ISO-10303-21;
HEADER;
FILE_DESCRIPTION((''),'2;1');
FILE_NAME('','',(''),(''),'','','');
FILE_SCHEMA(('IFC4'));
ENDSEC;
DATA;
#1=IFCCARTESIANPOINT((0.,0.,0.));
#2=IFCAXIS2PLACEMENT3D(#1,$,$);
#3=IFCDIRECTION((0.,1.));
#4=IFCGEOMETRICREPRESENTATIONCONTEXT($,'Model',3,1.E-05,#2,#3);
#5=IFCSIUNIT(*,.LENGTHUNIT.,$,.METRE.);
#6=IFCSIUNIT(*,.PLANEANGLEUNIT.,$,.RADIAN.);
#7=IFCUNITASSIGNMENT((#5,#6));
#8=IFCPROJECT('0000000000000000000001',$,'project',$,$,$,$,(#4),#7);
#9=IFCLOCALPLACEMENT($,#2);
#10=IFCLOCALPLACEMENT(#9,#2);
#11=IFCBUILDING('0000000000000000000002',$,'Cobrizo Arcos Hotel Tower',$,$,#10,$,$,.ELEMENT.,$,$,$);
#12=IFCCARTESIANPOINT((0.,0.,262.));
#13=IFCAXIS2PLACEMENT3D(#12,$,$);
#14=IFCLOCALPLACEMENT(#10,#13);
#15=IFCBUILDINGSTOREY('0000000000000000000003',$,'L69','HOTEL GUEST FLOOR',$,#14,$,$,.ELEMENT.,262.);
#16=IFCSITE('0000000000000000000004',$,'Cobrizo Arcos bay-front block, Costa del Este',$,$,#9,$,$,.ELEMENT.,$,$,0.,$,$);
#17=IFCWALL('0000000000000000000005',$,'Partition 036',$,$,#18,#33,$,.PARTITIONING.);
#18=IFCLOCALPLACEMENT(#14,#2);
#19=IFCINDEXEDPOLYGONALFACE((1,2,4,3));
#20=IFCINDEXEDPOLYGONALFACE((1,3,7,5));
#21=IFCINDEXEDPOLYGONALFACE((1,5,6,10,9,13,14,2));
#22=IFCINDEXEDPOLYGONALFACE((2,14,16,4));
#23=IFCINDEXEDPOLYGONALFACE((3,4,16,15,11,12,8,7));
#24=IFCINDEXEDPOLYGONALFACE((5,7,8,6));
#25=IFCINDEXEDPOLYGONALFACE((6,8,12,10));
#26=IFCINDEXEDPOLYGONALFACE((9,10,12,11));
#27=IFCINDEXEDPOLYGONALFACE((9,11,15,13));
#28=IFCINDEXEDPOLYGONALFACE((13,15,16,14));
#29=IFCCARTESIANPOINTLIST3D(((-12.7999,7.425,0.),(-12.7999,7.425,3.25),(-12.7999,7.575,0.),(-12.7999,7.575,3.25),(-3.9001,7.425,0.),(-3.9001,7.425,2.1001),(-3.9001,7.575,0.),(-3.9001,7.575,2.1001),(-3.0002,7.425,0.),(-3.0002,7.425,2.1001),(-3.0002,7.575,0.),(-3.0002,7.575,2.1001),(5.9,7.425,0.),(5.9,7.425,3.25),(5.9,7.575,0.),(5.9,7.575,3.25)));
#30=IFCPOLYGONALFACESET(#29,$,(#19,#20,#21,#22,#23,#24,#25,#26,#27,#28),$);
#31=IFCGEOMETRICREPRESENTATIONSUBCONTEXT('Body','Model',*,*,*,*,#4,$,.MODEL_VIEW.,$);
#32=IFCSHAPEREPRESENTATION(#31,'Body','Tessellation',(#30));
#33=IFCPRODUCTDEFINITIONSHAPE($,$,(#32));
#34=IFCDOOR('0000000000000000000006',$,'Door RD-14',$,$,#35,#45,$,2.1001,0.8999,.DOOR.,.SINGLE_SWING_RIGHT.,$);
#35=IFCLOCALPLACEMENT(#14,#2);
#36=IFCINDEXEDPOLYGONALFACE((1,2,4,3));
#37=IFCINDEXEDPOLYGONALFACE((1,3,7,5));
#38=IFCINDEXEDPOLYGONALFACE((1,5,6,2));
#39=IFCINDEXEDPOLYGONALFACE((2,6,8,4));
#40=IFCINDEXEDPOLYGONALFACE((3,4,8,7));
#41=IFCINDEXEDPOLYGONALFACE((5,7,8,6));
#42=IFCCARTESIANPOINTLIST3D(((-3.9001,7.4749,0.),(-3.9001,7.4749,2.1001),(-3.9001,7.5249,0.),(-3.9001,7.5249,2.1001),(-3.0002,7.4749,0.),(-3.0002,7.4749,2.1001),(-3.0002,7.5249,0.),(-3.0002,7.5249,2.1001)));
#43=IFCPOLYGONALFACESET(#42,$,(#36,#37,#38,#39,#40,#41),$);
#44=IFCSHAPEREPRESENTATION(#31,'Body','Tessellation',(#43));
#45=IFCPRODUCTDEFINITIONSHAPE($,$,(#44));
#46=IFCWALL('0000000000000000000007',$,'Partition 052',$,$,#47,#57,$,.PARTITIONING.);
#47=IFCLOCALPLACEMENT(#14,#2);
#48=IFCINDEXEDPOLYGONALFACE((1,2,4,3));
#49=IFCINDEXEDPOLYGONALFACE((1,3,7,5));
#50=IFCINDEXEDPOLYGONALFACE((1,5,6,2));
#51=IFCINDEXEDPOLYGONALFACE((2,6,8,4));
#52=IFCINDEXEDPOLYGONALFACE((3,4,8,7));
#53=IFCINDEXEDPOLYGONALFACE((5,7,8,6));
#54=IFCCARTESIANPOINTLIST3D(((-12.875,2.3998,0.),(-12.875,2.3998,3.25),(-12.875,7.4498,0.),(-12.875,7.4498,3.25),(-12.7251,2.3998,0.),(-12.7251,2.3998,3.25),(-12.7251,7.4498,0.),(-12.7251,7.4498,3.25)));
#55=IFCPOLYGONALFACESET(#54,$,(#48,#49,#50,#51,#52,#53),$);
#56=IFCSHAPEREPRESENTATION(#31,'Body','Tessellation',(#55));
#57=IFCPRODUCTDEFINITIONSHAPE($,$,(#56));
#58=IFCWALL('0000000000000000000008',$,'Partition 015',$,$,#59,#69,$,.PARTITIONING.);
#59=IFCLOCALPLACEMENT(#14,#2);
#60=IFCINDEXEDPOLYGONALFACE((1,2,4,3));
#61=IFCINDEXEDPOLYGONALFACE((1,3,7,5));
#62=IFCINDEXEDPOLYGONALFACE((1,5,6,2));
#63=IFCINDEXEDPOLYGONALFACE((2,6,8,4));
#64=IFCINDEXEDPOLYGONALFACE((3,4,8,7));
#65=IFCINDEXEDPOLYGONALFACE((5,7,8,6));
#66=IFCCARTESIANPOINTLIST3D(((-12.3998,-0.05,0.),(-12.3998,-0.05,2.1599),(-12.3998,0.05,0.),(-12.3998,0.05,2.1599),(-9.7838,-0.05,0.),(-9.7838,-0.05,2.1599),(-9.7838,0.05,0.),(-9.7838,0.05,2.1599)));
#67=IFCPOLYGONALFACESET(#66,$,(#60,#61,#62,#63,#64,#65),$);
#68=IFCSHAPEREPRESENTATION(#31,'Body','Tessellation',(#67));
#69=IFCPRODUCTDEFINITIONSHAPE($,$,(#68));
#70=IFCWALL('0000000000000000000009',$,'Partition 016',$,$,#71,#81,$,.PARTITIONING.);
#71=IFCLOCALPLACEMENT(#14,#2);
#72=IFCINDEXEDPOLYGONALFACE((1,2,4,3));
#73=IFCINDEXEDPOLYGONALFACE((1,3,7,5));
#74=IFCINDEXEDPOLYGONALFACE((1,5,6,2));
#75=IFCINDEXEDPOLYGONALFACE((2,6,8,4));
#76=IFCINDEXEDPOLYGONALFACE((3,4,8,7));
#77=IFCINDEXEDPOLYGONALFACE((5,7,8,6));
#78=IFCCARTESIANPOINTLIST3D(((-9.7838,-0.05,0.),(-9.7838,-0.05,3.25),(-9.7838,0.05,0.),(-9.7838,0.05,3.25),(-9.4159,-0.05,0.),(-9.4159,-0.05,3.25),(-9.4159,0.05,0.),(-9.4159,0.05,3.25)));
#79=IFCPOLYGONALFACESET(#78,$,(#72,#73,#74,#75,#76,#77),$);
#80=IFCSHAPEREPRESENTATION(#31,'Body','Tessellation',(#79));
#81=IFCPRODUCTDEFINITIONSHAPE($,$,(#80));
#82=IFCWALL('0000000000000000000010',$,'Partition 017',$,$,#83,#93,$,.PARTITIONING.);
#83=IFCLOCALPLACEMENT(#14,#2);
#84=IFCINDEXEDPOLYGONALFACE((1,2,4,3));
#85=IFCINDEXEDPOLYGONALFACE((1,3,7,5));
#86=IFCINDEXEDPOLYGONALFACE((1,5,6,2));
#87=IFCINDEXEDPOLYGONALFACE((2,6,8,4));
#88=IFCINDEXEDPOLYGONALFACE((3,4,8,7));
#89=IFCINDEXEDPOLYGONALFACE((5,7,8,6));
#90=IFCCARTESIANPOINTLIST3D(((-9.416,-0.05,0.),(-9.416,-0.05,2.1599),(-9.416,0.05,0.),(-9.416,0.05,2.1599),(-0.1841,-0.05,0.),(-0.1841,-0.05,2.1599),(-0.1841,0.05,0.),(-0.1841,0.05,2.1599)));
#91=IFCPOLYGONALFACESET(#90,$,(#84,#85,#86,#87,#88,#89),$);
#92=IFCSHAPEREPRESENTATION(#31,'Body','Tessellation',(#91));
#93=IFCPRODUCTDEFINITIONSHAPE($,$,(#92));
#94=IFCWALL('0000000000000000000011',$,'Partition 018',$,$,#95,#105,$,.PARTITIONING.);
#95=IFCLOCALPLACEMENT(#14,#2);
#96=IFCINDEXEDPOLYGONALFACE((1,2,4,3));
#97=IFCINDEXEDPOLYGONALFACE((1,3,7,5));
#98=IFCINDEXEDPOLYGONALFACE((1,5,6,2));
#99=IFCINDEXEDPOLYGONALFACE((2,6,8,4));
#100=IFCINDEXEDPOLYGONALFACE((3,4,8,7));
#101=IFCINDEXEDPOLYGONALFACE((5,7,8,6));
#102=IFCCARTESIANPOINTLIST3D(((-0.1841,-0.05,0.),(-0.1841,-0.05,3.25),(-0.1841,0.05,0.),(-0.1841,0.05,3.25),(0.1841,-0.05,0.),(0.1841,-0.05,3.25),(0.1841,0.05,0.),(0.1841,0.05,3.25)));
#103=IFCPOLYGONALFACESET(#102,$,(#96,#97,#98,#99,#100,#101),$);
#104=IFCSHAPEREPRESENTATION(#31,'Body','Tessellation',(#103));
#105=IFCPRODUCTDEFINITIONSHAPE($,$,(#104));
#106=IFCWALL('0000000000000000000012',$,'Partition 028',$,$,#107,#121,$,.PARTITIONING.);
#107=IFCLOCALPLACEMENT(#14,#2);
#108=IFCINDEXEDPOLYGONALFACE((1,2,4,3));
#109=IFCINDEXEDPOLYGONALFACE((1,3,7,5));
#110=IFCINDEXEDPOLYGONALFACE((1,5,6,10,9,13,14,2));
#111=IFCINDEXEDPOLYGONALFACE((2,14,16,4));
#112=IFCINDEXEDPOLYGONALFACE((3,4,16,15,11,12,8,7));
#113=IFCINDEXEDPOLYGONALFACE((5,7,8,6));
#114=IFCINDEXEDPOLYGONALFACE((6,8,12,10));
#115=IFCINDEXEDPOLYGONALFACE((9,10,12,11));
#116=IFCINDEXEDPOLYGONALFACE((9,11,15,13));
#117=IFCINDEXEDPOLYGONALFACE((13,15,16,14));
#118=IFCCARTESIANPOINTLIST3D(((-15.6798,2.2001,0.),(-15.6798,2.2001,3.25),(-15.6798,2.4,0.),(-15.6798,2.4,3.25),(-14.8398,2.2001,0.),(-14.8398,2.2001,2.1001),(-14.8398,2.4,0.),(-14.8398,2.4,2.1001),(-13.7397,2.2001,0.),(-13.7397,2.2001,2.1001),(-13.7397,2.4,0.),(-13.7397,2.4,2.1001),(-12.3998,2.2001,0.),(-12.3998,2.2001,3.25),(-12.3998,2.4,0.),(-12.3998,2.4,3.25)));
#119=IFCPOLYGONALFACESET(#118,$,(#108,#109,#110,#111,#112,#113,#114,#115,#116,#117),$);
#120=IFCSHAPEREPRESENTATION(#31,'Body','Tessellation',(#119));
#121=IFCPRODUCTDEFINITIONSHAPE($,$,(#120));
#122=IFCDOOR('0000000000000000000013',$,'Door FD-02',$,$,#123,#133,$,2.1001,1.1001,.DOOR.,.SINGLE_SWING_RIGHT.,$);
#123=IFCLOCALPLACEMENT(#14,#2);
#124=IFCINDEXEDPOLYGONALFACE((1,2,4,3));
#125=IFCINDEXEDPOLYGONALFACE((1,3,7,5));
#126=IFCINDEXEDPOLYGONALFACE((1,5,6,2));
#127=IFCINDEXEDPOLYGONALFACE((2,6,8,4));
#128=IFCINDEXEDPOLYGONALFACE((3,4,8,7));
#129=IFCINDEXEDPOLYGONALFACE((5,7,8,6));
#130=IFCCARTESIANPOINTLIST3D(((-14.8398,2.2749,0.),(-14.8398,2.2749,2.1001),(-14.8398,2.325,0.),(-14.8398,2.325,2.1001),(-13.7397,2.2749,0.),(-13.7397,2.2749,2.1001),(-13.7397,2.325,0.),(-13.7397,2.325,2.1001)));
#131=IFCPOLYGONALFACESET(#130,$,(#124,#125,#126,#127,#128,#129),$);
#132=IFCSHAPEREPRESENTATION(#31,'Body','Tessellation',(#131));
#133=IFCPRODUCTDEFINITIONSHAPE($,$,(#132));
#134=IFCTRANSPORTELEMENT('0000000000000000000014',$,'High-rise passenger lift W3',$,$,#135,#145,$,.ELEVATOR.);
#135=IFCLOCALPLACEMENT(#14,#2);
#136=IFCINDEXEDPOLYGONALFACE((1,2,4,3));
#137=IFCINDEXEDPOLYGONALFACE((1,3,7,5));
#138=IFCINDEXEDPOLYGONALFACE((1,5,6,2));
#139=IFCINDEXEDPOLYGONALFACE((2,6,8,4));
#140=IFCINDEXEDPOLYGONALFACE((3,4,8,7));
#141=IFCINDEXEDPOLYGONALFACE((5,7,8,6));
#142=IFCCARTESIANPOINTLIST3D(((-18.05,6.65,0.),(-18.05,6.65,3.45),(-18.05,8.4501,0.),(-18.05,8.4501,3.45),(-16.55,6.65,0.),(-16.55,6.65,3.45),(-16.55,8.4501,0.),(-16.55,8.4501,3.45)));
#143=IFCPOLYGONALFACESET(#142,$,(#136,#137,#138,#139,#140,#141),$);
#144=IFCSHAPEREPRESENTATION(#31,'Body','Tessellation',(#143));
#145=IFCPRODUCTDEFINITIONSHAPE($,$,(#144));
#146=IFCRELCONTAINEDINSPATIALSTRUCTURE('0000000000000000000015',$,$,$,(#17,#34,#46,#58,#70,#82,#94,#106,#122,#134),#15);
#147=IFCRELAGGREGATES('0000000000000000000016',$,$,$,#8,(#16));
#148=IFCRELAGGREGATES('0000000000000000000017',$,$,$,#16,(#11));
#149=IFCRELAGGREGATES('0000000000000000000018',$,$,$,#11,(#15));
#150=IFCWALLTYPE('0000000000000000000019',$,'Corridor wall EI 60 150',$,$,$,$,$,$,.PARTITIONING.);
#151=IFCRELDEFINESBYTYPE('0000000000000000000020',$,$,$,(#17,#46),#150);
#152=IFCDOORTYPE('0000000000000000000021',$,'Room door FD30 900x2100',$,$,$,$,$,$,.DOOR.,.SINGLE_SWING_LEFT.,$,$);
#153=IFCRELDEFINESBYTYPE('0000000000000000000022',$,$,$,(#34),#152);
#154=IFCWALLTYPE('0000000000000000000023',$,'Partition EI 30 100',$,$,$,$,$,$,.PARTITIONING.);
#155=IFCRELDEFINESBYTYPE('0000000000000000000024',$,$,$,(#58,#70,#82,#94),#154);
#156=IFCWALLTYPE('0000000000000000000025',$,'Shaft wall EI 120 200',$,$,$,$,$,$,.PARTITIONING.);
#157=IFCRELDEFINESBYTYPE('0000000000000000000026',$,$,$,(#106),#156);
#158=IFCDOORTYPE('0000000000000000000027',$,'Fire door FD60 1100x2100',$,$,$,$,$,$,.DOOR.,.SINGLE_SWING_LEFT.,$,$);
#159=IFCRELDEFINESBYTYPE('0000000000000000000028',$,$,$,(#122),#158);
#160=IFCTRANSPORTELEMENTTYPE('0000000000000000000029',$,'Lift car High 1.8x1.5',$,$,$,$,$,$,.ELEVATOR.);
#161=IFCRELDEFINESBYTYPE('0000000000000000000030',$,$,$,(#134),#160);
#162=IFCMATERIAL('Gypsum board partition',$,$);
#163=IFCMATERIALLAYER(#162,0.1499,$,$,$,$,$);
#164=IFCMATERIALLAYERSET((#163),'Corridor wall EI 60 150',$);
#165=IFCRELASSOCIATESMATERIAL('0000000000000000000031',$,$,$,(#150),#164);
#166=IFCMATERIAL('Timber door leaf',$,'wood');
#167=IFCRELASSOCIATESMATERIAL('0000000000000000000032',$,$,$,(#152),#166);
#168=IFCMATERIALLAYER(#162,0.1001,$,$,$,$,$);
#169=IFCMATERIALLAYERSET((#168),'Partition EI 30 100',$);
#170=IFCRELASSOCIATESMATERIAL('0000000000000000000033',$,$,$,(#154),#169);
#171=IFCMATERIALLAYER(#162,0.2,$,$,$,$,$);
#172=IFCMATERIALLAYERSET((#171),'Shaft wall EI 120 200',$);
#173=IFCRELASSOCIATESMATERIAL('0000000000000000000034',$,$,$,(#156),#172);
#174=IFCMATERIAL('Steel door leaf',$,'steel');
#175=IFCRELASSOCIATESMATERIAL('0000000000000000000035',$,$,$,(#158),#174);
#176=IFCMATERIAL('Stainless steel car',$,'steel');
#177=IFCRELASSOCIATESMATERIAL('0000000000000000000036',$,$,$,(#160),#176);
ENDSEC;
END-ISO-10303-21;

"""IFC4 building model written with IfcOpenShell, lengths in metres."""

from ifc_helpers import new_model, si_unit, direction, frame, frame_2d, origin, origin_2d, place, context, subcontext, project, spatial, rectangle, extrude, material, layer, layer_set, type_object, element, fill, save


model = new_model("IFC4")

# Units and contexts
model_context = context("Model", 3, precision=1e-05, world=origin(), true_north=direction((0.0, 1.0)))
body_context = subcontext(model_context, "Body", "Model", "MODEL_VIEW")
ifc_project = project(units=[si_unit("LENGTHUNIT", "METRE"), si_unit("PLANEANGLEUNIT", "RADIAN")], contexts=[model_context])

# Site, building, storey
site_placement = place(None, origin())
site = spatial("IfcSite", under=ifc_project, at=site_placement, Name="Cobrizo Arcos bay-front block, Costa del Este", CompositionType="ELEMENT", RefElevation=0.0)
building_placement = place(site_placement, origin())
building = spatial("IfcBuilding", under=site, at=building_placement, Name="Cobrizo Arcos Hotel Tower", CompositionType="ELEMENT")
storey_placement = place(building_placement, frame((0.0, 0.0, 262.0)))
storey = spatial("IfcBuildingStorey", under=building, at=storey_placement, Name="L69", Description="HOTEL GUEST FLOOR", CompositionType="ELEMENT", Elevation=262.0)

# Wall, opening, door
ifc_material_1 = material(Name="Gypsum board partition")
ifc_layer_1 = layer(ifc_material_1, 0.1499)
ifc_layer_set_1 = layer_set([ifc_layer_1], Name="Corridor wall EI 60 150")
wall_type_1 = type_object("IfcWallType", Name="Corridor wall EI 60 150", PredefinedType="PARTITIONING", material=ifc_layer_set_1)
wall_1_placement = place(storey_placement, frame((-12.8, 7.5, 0.0), z_axis=(0.0, 0.0, 1.0), x_axis=(1.0, 0.0, 0.0)))
wall_1 = element("IfcWall", 1, at=wall_1_placement, inside=storey, type_object=wall_type_1, Name="Partition 036", PredefinedType="PARTITIONING", context=body_context, shape_type="SweptSolid", body=[
    extrude(rectangle(XDim=18.7, YDim=0.1499, at=frame_2d((9.3501, 0.0))), origin(), (0.0, 0.0, 1.0), 3.25),
])
opening_1_placement = place(wall_1_placement, frame((8.8999, 0.0, 0.0)))
opening_1 = element("IfcOpeningElement", 2, at=opening_1_placement, cuts=wall_1, PredefinedType="OPENING", context=body_context, shape_type="SweptSolid", body=[
    extrude(rectangle(XDim=0.8999, YDim=2.1001, at=frame_2d((0.45, 1.05))), frame((0.0, 0.0869, 0.0), z_axis=(0.0, -1.0, 0.0), x_axis=(1.0, 0.0, 0.0)), (0.0, 0.0, 1.0), 0.1738),
])
ifc_material_2 = material(Name="Timber door leaf", Category="wood")
door_type_1 = type_object("IfcDoorType", Name="Room door FD30 900x2100", OperationType="SINGLE_SWING_LEFT", PredefinedType="DOOR", material=ifc_material_2)
door_1_placement = place(opening_1_placement, origin())
door_1 = element("IfcDoor", 3, at=door_1_placement, inside=storey, type_object=door_type_1, Name="Door RD-14", OperationType="SINGLE_SWING_RIGHT", OverallHeight=2.1001, OverallWidth=0.8999, PredefinedType="DOOR", context=body_context, shape_type="SweptSolid", body=[
    extrude(rectangle(XDim=0.8999, YDim=2.1001, at=frame_2d((0.45, 1.05))), frame((0.0, 0.0249, 0.0), z_axis=(0.0, -1.0, 0.0), x_axis=(1.0, 0.0, 0.0)), (0.0, 0.0, 1.0), 0.05),
])
fill(opening_1, door_1)

# Walls
wall_2_placement = place(storey_placement, frame((-12.8, 2.3999, 0.0), z_axis=(0.0, 0.0, 1.0), x_axis=(0.0, 1.0, 0.0)))
element("IfcWall", 4, at=wall_2_placement, inside=storey, type_object=wall_type_1, Name="Partition 052", PredefinedType="PARTITIONING", context=body_context, shape_type="SweptSolid", body=[
    extrude(rectangle(XDim=5.05, YDim=0.1499, at=frame_2d((2.5249, 0.0))), origin(), (0.0, 0.0, 1.0), 3.25),
])
ifc_layer_2 = layer(ifc_material_1, 0.1001)
ifc_layer_set_2 = layer_set([ifc_layer_2], Name="Partition EI 30 100")
wall_type_2 = type_object("IfcWallType", Name="Partition EI 30 100", PredefinedType="PARTITIONING", material=ifc_layer_set_2)
wall_3_placement = place(storey_placement, frame((-12.3999, 0.0, 0.0), z_axis=(0.0, 0.0, 1.0), x_axis=(1.0, 0.0, 0.0)))
element("IfcWall", 5, at=wall_3_placement, inside=storey, type_object=wall_type_2, Name="Partition 015", PredefinedType="PARTITIONING", context=body_context, shape_type="SweptSolid", body=[
    extrude(rectangle(XDim=2.616, YDim=0.1001, at=frame_2d((1.3081, 0.0))), origin(), (0.0, 0.0, 1.0), 2.1599),
])
wall_4_placement = place(storey_placement, frame((-9.7839, 0.0, 0.0), z_axis=(0.0, 0.0, 1.0), x_axis=(1.0, 0.0, 0.0)))
element("IfcWall", 6, at=wall_4_placement, inside=storey, type_object=wall_type_2, Name="Partition 016", PredefinedType="PARTITIONING", context=body_context, shape_type="SweptSolid", body=[
    extrude(rectangle(XDim=0.3679, YDim=0.1001, at=frame_2d((0.1841, 0.0))), origin(), (0.0, 0.0, 1.0), 3.25),
])
wall_5_placement = place(storey_placement, frame((-9.416, 0.0, 0.0), z_axis=(0.0, 0.0, 1.0), x_axis=(1.0, 0.0, 0.0)))
element("IfcWall", 7, at=wall_5_placement, inside=storey, type_object=wall_type_2, Name="Partition 017", PredefinedType="PARTITIONING", context=body_context, shape_type="SweptSolid", body=[
    extrude(rectangle(XDim=9.2319, YDim=0.1001, at=frame_2d((4.616, 0.0))), origin(), (0.0, 0.0, 1.0), 2.1599),
])
wall_6_placement = place(storey_placement, frame((-0.1841, 0.0, 0.0), z_axis=(0.0, 0.0, 1.0), x_axis=(1.0, 0.0, 0.0)))
element("IfcWall", 8, at=wall_6_placement, inside=storey, type_object=wall_type_2, Name="Partition 018", PredefinedType="PARTITIONING", context=body_context, shape_type="SweptSolid", body=[
    extrude(rectangle(XDim=0.3682, YDim=0.1001, at=frame_2d((0.1841, 0.0))), origin(), (0.0, 0.0, 1.0), 3.25),
])

# Wall, opening, door
ifc_layer_3 = layer(ifc_material_1, 0.2)
ifc_layer_set_3 = layer_set([ifc_layer_3], Name="Shaft wall EI 120 200")
wall_type_3 = type_object("IfcWallType", Name="Shaft wall EI 120 200", PredefinedType="PARTITIONING", material=ifc_layer_set_3)
wall_7_placement = place(storey_placement, frame((-15.6799, 2.3, 0.0), z_axis=(0.0, 0.0, 1.0), x_axis=(1.0, 0.0, 0.0)))
wall_7 = element("IfcWall", 9, at=wall_7_placement, inside=storey, type_object=wall_type_3, Name="Partition 028", PredefinedType="PARTITIONING", context=body_context, shape_type="SweptSolid", body=[
    extrude(rectangle(XDim=3.28, YDim=0.2, at=frame_2d((1.6401, 0.0))), origin(), (0.0, 0.0, 1.0), 3.25),
])
opening_2_placement = place(wall_7_placement, frame((0.8401, 0.0, 0.0)))
opening_2 = element("IfcOpeningElement", 10, at=opening_2_placement, cuts=wall_7, PredefinedType="OPENING", context=body_context, shape_type="SweptSolid", body=[
    extrude(rectangle(XDim=1.1001, YDim=2.1001, at=frame_2d((0.55, 1.05))), frame((0.0, 0.1121, 0.0), z_axis=(0.0, -1.0, 0.0), x_axis=(1.0, 0.0, 0.0)), (0.0, 0.0, 1.0), 0.2239),
])
ifc_material_3 = material(Name="Steel door leaf", Category="steel")
door_type_2 = type_object("IfcDoorType", Name="Fire door FD60 1100x2100", OperationType="SINGLE_SWING_LEFT", PredefinedType="DOOR", material=ifc_material_3)
door_2_placement = place(opening_2_placement, origin())
door_2 = element("IfcDoor", 11, at=door_2_placement, inside=storey, type_object=door_type_2, Name="Door FD-02", OperationType="SINGLE_SWING_RIGHT", OverallHeight=2.1001, OverallWidth=1.1001, PredefinedType="DOOR", context=body_context, shape_type="SweptSolid", body=[
    extrude(rectangle(XDim=1.1001, YDim=2.1001, at=frame_2d((0.55, 1.05))), frame((0.0, 0.0249, 0.0), z_axis=(0.0, -1.0, 0.0), x_axis=(1.0, 0.0, 0.0)), (0.0, 0.0, 1.0), 0.05),
])
fill(opening_2, door_2)

# Transport element
ifc_material_4 = material(Name="Stainless steel car", Category="steel")
transport_element_type = type_object("IfcTransportElementType", Name="Lift car High 1.8x1.5", PredefinedType="ELEVATOR", material=ifc_material_4)
transport_element_placement = place(storey_placement, frame((-17.3, 7.55, 0.0), z_axis=(0.0, 0.0, 1.0), x_axis=(1.0, 0.0, 0.0)))
element("IfcTransportElement", 12, at=transport_element_placement, inside=storey, type_object=transport_element_type, Name="High-rise passenger lift W3", PredefinedType="ELEVATOR", context=body_context, shape_type="SweptSolid", body=[
    extrude(rectangle(XDim=1.5, YDim=1.8, at=origin_2d()), origin(), (0.0, 0.0, 1.0), 3.45),
])

save(model, "model.ifc")
